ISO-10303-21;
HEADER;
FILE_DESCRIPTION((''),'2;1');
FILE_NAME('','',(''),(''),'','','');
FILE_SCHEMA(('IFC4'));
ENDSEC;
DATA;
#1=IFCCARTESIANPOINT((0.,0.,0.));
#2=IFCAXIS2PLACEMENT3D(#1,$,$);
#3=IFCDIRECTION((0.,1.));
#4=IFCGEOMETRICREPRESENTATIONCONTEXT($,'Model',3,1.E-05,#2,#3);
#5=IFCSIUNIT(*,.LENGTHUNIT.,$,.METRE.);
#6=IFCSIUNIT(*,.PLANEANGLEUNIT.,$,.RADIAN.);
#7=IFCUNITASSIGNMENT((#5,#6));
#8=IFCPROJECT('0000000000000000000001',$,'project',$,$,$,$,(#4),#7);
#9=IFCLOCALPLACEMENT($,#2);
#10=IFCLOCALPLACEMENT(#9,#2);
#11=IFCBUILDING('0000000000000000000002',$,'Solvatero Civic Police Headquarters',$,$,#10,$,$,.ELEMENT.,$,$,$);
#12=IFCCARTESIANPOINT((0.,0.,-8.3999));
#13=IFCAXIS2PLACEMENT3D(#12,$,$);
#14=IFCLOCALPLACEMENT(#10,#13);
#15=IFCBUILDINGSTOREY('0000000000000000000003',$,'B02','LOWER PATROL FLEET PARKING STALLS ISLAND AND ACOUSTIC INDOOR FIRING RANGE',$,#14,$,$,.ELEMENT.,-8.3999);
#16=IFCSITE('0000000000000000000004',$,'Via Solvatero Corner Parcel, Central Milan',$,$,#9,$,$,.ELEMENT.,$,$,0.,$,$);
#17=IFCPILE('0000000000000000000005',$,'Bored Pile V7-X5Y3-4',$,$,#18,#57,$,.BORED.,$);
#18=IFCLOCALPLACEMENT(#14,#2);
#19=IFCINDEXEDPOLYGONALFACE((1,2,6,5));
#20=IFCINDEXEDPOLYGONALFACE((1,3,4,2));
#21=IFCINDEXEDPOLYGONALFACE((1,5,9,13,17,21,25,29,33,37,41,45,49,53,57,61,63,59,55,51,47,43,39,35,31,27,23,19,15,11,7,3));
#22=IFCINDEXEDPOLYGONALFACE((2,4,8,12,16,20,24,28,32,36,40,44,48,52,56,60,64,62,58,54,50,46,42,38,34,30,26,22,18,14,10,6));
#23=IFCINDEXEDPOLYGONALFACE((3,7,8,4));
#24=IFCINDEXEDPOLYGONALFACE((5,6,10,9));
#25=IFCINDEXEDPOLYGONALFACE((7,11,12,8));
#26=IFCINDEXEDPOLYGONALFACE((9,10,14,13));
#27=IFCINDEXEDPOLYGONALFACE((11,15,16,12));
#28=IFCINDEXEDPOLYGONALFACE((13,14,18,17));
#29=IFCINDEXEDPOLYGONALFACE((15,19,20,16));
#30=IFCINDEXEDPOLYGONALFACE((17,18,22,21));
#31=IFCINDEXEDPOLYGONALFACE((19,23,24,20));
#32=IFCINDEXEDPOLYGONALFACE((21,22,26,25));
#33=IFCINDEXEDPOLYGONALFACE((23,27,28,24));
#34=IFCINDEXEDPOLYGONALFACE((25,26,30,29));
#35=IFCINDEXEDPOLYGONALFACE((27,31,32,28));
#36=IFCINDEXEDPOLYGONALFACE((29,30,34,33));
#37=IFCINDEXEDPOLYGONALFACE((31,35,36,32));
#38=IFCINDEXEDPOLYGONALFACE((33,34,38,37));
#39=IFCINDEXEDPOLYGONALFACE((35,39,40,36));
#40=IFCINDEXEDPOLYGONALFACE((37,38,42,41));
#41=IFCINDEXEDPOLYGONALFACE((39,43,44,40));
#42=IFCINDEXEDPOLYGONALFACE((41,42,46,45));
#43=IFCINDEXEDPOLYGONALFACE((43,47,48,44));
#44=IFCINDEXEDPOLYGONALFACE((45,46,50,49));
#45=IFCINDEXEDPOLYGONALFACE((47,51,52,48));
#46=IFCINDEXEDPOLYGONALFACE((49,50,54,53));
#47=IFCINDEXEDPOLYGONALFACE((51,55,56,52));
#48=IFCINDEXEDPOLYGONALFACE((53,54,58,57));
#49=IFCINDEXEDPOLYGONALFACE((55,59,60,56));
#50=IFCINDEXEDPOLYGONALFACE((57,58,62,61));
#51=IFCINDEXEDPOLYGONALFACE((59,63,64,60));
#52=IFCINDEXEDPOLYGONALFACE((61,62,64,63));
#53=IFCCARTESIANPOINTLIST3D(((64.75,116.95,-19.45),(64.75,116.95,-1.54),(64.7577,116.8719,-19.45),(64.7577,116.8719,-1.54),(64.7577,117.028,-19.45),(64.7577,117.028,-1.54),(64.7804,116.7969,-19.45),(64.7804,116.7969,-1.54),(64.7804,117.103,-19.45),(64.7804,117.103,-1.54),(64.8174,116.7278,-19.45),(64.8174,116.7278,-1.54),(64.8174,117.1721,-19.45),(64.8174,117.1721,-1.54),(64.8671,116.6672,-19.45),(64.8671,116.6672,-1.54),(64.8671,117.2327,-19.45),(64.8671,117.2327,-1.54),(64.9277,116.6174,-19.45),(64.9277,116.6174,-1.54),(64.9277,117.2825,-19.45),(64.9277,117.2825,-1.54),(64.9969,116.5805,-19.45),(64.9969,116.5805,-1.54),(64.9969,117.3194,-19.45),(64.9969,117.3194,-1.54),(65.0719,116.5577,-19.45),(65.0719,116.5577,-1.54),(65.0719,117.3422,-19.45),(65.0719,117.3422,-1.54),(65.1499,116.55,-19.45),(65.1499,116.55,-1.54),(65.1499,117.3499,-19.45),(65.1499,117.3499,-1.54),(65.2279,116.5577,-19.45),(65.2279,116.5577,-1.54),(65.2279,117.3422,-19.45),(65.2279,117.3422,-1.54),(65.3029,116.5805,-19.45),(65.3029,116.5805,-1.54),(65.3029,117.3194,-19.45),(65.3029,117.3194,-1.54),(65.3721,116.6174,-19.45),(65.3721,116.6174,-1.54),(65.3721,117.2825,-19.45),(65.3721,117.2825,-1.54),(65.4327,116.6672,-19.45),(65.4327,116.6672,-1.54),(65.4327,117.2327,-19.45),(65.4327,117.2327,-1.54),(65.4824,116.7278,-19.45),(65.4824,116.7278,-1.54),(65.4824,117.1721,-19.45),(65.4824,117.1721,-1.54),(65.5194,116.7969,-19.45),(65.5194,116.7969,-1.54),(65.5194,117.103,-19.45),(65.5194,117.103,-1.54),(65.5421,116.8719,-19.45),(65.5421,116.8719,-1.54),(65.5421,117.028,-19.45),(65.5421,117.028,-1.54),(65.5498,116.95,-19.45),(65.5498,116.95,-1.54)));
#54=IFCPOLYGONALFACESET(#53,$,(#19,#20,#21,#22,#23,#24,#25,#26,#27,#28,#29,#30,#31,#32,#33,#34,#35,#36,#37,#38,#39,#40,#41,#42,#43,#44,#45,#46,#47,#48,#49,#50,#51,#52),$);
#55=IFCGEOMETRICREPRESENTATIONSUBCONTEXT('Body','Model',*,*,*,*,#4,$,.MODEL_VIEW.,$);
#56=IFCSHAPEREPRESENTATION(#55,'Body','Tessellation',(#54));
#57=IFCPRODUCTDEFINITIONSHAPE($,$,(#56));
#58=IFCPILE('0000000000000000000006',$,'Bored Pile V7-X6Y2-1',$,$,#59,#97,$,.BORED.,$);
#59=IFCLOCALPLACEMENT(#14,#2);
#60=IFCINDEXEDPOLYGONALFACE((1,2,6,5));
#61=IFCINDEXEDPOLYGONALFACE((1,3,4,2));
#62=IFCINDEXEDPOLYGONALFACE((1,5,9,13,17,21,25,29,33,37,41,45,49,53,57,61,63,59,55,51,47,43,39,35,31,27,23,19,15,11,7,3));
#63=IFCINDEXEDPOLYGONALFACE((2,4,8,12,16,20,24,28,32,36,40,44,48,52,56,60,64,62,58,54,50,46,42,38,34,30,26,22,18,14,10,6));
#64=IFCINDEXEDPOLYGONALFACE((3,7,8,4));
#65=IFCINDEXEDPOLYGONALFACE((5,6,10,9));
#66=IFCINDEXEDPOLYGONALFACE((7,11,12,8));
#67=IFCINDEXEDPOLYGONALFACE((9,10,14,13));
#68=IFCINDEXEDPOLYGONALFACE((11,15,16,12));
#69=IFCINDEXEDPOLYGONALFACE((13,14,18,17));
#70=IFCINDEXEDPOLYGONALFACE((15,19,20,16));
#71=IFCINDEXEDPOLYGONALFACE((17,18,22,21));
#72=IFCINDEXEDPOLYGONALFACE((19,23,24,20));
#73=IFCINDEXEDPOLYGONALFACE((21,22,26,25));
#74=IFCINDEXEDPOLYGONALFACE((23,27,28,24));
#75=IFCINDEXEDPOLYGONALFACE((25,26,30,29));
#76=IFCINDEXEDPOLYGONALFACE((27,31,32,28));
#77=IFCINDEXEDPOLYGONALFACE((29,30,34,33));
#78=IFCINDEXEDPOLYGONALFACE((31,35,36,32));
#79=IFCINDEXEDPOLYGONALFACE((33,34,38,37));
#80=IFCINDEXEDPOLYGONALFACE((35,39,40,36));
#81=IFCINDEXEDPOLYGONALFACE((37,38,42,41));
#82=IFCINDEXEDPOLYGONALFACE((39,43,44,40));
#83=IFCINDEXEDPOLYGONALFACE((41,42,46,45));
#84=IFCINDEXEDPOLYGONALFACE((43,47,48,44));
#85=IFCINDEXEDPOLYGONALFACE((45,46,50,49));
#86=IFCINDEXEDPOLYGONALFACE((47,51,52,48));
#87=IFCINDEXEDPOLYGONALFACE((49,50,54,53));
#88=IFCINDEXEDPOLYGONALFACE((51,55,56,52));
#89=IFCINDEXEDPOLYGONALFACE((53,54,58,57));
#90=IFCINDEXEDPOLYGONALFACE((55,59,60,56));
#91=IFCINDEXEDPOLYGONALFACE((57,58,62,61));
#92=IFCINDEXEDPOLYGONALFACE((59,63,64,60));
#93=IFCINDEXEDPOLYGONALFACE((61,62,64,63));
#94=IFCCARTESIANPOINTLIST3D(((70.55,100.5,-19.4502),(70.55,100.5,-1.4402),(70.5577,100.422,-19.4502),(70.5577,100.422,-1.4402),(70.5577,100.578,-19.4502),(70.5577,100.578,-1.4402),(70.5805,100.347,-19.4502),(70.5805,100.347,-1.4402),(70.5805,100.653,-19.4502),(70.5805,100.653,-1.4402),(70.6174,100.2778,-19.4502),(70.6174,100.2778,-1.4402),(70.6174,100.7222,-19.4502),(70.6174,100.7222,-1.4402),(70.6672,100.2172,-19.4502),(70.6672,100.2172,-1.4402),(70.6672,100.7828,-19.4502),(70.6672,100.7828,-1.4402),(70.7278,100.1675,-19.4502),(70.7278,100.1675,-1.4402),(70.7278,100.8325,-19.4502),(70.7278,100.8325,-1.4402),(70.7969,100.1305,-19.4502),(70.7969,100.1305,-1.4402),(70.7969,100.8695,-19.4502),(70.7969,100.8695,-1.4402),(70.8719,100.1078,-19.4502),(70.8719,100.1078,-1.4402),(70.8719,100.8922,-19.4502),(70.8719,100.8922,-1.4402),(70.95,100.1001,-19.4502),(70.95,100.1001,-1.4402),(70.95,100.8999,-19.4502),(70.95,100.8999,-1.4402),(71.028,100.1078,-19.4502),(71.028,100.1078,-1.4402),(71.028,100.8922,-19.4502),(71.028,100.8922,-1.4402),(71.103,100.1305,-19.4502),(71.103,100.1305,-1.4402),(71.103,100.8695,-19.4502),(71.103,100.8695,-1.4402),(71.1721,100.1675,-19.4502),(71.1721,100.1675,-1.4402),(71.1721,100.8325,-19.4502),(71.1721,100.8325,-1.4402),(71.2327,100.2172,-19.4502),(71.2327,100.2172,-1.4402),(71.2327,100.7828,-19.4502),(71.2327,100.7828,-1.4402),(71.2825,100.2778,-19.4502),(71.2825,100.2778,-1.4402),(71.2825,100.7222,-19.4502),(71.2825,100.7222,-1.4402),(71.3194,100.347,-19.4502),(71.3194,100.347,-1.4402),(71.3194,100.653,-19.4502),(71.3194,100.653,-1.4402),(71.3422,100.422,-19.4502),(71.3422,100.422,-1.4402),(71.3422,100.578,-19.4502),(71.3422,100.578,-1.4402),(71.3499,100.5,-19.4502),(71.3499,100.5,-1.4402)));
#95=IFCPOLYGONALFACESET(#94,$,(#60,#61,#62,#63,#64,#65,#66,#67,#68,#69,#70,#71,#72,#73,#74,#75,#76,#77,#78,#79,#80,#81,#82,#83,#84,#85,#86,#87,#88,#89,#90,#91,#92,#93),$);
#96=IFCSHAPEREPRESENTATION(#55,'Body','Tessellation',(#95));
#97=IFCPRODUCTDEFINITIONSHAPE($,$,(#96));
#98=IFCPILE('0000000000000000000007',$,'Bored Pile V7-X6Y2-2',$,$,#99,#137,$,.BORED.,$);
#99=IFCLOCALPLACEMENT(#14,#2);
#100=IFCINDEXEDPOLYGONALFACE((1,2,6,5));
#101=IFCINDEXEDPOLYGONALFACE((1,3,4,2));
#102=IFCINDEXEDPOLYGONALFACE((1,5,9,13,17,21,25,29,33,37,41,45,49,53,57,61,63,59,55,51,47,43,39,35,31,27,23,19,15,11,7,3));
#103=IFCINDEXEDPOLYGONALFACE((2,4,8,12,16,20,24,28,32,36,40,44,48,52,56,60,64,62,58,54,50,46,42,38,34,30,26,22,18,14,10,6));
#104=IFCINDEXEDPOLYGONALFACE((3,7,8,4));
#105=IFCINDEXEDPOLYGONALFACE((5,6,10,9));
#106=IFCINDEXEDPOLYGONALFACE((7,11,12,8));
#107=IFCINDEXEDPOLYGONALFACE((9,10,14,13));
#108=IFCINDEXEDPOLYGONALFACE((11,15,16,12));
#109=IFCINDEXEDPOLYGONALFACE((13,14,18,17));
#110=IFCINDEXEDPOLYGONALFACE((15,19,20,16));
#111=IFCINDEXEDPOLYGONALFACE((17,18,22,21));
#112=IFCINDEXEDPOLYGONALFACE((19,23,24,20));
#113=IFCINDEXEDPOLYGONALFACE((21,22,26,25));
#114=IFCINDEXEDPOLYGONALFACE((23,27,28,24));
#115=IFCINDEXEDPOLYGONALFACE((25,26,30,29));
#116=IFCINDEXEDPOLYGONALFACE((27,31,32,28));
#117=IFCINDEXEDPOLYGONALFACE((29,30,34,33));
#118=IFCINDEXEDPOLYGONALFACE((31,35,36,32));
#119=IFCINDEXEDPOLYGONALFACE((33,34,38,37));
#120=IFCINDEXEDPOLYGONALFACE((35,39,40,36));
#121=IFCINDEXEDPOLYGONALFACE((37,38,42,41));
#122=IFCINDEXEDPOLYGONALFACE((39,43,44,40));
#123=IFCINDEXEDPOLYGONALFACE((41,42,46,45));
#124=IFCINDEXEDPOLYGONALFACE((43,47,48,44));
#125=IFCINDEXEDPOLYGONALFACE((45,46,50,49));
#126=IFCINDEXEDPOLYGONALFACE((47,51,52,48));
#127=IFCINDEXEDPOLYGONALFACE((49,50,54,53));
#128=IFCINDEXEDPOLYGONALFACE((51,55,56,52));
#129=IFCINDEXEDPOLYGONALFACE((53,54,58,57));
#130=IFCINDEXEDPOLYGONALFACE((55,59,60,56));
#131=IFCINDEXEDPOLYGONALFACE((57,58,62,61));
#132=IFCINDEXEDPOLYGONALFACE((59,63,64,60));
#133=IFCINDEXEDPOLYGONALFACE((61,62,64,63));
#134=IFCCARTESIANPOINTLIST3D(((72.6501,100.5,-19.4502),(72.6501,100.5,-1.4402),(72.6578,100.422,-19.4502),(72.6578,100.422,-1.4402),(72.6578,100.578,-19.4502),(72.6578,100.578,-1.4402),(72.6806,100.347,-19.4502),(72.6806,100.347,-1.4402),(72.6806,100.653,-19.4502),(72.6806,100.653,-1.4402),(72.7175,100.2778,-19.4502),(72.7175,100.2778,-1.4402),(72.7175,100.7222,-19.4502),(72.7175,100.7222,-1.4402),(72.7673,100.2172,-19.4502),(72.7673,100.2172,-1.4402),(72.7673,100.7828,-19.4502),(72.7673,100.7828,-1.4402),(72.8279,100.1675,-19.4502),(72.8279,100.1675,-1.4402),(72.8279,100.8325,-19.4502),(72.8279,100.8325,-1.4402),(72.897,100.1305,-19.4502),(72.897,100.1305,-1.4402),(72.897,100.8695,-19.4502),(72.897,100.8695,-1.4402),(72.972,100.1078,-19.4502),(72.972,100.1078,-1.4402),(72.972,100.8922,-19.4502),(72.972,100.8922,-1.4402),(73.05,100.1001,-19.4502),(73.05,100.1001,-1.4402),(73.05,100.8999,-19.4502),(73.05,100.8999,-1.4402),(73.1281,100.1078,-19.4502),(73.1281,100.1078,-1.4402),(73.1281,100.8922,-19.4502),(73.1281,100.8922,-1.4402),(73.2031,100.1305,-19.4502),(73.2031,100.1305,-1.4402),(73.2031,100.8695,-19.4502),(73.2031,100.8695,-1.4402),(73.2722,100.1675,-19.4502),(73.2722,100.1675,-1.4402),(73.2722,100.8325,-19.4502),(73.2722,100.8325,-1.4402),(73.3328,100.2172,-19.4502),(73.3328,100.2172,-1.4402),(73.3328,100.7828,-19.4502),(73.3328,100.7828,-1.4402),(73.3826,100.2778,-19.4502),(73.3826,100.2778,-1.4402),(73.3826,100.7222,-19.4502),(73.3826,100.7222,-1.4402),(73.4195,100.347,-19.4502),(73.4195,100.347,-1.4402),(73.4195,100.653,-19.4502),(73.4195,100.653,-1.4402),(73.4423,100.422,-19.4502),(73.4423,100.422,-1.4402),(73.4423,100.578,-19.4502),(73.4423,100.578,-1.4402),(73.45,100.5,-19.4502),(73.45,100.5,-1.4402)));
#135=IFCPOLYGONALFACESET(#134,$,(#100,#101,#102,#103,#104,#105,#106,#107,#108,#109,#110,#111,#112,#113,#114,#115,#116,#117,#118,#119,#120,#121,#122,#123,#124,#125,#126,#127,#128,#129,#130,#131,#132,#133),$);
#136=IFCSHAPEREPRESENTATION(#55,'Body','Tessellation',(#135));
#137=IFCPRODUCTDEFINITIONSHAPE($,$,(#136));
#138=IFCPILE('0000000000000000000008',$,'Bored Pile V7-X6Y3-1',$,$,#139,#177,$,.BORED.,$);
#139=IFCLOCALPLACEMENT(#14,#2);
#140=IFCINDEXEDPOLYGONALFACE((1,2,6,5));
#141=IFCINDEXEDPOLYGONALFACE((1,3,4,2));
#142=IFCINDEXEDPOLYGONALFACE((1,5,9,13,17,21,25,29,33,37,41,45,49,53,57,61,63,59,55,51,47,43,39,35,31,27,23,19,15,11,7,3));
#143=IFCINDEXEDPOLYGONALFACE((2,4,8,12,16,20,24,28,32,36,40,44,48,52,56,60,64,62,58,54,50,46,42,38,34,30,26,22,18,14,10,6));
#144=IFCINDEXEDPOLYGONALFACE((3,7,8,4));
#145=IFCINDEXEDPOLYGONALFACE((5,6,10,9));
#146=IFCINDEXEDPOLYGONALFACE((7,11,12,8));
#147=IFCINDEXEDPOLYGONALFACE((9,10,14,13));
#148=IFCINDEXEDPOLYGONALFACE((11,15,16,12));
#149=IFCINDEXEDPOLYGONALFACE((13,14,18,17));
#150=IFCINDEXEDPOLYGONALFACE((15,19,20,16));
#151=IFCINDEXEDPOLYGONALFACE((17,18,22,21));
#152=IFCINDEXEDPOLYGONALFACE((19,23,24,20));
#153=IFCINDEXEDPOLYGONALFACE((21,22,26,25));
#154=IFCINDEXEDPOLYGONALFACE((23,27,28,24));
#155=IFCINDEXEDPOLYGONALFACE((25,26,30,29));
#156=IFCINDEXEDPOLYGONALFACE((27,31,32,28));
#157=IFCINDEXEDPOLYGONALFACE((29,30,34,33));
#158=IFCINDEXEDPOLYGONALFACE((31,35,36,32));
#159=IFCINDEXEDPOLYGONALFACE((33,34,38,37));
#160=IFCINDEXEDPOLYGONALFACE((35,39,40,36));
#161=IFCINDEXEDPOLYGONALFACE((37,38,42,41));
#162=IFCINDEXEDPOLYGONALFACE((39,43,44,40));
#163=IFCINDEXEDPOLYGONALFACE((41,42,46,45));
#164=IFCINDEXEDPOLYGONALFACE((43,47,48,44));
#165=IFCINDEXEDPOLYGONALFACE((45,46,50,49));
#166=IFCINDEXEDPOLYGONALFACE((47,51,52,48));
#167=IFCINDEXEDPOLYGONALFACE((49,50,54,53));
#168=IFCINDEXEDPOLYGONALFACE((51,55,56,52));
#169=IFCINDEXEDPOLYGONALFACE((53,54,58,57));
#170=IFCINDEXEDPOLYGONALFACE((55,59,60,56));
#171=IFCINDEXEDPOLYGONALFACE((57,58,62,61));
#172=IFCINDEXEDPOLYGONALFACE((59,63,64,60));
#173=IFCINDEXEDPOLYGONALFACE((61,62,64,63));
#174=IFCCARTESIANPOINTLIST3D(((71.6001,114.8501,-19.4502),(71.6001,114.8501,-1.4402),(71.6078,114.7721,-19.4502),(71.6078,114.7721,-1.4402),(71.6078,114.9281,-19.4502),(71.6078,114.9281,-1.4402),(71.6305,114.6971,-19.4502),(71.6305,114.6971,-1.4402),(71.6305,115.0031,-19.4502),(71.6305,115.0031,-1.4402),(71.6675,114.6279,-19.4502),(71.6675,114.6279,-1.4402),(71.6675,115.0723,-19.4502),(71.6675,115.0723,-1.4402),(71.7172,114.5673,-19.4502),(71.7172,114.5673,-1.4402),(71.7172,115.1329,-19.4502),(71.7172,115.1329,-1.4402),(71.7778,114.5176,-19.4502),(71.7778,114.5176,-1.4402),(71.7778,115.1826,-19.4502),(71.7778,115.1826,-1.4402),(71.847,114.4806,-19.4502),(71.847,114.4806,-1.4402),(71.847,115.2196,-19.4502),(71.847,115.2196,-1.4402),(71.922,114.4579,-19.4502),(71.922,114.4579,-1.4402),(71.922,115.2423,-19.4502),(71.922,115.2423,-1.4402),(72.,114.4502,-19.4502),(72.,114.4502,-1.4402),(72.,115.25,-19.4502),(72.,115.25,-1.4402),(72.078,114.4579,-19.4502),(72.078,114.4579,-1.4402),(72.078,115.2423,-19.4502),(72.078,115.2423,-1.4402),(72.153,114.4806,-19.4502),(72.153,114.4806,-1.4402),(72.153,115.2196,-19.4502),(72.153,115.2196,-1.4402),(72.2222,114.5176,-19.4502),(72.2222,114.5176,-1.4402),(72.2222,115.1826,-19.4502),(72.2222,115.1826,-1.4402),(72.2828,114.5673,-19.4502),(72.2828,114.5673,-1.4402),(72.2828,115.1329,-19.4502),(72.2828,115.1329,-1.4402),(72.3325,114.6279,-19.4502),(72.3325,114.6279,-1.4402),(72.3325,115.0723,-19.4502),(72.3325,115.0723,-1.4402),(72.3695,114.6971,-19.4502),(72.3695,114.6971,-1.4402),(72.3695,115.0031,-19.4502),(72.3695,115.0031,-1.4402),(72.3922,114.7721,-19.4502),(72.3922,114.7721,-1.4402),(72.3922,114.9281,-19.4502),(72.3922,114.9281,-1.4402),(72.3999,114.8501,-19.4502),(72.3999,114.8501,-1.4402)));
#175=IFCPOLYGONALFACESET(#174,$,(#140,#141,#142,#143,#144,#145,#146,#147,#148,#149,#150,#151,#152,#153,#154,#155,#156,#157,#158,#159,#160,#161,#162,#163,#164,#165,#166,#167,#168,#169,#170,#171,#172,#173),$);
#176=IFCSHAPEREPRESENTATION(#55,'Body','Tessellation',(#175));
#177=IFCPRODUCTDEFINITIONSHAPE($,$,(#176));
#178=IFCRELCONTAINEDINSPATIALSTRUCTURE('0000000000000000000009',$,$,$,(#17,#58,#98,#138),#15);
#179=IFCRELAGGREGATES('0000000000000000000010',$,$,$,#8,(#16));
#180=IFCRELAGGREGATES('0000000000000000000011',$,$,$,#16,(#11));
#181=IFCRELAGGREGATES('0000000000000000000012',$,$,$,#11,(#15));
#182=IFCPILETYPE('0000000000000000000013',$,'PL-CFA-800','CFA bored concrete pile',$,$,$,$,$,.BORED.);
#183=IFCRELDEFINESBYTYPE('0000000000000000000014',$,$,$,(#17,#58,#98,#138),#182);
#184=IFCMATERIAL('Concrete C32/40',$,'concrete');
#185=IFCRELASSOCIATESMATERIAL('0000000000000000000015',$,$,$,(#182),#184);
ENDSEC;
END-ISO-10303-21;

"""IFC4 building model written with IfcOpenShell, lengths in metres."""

from ifc_helpers import new_model, si_unit, direction, frame, origin, origin_2d, place, context, subcontext, project, spatial, circle, extrude, material, material_profile, profile_set, type_object, element, save


model = new_model("IFC4")

# Units and contexts
model_context = context("Model", 3, precision=1e-05, world=origin(), true_north=direction((0.0, 1.0)))
body_context = subcontext(model_context, "Body", "Model", "MODEL_VIEW")
ifc_project = project(units=[si_unit("LENGTHUNIT", "METRE"), si_unit("PLANEANGLEUNIT", "RADIAN")], contexts=[model_context])

# Site, building, storey
site_placement = place(None, origin())
site = spatial("IfcSite", under=ifc_project, at=site_placement, Name="Via Solvatero Corner Parcel, Central Milan", CompositionType="ELEMENT", RefElevation=0.0)
building_placement = place(site_placement, origin())
building = spatial("IfcBuilding", under=site, at=building_placement, Name="Solvatero Civic Police Headquarters", CompositionType="ELEMENT")
storey_placement = place(building_placement, frame((0.0, 0.0, -8.3999)))
storey = spatial("IfcBuildingStorey", under=building, at=storey_placement, Name="B02", Description="LOWER PATROL FLEET PARKING STALLS ISLAND AND ACOUSTIC INDOOR FIRING RANGE", CompositionType="ELEMENT", Elevation=-8.3999)

# Piles
ifc_material_1 = material(Name="Concrete C32/40", Category="concrete")
ifc_material_profile_1 = material_profile(ifc_material_1, circle(Radius=0.3999, at=origin_2d()), Name="CFA PILE D800")
ifc_profile_set_1 = profile_set([ifc_material_profile_1], Name="Concrete C32/40")
pile_type = type_object("IfcPileType", Name="PL-CFA-800", Description="CFA bored concrete pile", PredefinedType="BORED", material=ifc_profile_set_1)
for number, where, z_axis, x_axis, name in (
    (1, (65.1499, 116.95, -1.54), (0.0, 0.0, -1.0), (1.0, 0.0, 0.0), "Bored Pile V7-X5Y3-4"),
):
    element("IfcPile", number, at=place(storey_placement, frame(where, z_axis=z_axis, x_axis=x_axis)), inside=storey, type_object=pile_type, Name=name, PredefinedType="BORED", context=body_context, shape_type="SweptSolid", body=[
        extrude(circle(Radius=0.3999, at=origin_2d()), origin(), (0.0, 0.0, 1.0), 17.9099),
    ])
for number, where, z_axis, x_axis, name in (
    (2, (70.95, 100.5, -1.4402), (0.0, 0.0, -1.0), (1.0, 0.0, 0.0), "Bored Pile V7-X6Y2-1"),
    (3, (73.05, 100.5, -1.4402), (0.0, 0.0, -1.0), (1.0, 0.0, 0.0), "Bored Pile V7-X6Y2-2"),
    (4, (72.0, 114.8501, -1.4402), (0.0, 0.0, -1.0), (1.0, 0.0, 0.0), "Bored Pile V7-X6Y3-1"),
):
    element("IfcPile", number, at=place(storey_placement, frame(where, z_axis=z_axis, x_axis=x_axis)), inside=storey, type_object=pile_type, Name=name, PredefinedType="BORED", context=body_context, shape_type="SweptSolid", body=[
        extrude(circle(Radius=0.3999, at=origin_2d()), origin(), (0.0, 0.0, 1.0), 18.01),
    ])

save(model, "model.ifc")
